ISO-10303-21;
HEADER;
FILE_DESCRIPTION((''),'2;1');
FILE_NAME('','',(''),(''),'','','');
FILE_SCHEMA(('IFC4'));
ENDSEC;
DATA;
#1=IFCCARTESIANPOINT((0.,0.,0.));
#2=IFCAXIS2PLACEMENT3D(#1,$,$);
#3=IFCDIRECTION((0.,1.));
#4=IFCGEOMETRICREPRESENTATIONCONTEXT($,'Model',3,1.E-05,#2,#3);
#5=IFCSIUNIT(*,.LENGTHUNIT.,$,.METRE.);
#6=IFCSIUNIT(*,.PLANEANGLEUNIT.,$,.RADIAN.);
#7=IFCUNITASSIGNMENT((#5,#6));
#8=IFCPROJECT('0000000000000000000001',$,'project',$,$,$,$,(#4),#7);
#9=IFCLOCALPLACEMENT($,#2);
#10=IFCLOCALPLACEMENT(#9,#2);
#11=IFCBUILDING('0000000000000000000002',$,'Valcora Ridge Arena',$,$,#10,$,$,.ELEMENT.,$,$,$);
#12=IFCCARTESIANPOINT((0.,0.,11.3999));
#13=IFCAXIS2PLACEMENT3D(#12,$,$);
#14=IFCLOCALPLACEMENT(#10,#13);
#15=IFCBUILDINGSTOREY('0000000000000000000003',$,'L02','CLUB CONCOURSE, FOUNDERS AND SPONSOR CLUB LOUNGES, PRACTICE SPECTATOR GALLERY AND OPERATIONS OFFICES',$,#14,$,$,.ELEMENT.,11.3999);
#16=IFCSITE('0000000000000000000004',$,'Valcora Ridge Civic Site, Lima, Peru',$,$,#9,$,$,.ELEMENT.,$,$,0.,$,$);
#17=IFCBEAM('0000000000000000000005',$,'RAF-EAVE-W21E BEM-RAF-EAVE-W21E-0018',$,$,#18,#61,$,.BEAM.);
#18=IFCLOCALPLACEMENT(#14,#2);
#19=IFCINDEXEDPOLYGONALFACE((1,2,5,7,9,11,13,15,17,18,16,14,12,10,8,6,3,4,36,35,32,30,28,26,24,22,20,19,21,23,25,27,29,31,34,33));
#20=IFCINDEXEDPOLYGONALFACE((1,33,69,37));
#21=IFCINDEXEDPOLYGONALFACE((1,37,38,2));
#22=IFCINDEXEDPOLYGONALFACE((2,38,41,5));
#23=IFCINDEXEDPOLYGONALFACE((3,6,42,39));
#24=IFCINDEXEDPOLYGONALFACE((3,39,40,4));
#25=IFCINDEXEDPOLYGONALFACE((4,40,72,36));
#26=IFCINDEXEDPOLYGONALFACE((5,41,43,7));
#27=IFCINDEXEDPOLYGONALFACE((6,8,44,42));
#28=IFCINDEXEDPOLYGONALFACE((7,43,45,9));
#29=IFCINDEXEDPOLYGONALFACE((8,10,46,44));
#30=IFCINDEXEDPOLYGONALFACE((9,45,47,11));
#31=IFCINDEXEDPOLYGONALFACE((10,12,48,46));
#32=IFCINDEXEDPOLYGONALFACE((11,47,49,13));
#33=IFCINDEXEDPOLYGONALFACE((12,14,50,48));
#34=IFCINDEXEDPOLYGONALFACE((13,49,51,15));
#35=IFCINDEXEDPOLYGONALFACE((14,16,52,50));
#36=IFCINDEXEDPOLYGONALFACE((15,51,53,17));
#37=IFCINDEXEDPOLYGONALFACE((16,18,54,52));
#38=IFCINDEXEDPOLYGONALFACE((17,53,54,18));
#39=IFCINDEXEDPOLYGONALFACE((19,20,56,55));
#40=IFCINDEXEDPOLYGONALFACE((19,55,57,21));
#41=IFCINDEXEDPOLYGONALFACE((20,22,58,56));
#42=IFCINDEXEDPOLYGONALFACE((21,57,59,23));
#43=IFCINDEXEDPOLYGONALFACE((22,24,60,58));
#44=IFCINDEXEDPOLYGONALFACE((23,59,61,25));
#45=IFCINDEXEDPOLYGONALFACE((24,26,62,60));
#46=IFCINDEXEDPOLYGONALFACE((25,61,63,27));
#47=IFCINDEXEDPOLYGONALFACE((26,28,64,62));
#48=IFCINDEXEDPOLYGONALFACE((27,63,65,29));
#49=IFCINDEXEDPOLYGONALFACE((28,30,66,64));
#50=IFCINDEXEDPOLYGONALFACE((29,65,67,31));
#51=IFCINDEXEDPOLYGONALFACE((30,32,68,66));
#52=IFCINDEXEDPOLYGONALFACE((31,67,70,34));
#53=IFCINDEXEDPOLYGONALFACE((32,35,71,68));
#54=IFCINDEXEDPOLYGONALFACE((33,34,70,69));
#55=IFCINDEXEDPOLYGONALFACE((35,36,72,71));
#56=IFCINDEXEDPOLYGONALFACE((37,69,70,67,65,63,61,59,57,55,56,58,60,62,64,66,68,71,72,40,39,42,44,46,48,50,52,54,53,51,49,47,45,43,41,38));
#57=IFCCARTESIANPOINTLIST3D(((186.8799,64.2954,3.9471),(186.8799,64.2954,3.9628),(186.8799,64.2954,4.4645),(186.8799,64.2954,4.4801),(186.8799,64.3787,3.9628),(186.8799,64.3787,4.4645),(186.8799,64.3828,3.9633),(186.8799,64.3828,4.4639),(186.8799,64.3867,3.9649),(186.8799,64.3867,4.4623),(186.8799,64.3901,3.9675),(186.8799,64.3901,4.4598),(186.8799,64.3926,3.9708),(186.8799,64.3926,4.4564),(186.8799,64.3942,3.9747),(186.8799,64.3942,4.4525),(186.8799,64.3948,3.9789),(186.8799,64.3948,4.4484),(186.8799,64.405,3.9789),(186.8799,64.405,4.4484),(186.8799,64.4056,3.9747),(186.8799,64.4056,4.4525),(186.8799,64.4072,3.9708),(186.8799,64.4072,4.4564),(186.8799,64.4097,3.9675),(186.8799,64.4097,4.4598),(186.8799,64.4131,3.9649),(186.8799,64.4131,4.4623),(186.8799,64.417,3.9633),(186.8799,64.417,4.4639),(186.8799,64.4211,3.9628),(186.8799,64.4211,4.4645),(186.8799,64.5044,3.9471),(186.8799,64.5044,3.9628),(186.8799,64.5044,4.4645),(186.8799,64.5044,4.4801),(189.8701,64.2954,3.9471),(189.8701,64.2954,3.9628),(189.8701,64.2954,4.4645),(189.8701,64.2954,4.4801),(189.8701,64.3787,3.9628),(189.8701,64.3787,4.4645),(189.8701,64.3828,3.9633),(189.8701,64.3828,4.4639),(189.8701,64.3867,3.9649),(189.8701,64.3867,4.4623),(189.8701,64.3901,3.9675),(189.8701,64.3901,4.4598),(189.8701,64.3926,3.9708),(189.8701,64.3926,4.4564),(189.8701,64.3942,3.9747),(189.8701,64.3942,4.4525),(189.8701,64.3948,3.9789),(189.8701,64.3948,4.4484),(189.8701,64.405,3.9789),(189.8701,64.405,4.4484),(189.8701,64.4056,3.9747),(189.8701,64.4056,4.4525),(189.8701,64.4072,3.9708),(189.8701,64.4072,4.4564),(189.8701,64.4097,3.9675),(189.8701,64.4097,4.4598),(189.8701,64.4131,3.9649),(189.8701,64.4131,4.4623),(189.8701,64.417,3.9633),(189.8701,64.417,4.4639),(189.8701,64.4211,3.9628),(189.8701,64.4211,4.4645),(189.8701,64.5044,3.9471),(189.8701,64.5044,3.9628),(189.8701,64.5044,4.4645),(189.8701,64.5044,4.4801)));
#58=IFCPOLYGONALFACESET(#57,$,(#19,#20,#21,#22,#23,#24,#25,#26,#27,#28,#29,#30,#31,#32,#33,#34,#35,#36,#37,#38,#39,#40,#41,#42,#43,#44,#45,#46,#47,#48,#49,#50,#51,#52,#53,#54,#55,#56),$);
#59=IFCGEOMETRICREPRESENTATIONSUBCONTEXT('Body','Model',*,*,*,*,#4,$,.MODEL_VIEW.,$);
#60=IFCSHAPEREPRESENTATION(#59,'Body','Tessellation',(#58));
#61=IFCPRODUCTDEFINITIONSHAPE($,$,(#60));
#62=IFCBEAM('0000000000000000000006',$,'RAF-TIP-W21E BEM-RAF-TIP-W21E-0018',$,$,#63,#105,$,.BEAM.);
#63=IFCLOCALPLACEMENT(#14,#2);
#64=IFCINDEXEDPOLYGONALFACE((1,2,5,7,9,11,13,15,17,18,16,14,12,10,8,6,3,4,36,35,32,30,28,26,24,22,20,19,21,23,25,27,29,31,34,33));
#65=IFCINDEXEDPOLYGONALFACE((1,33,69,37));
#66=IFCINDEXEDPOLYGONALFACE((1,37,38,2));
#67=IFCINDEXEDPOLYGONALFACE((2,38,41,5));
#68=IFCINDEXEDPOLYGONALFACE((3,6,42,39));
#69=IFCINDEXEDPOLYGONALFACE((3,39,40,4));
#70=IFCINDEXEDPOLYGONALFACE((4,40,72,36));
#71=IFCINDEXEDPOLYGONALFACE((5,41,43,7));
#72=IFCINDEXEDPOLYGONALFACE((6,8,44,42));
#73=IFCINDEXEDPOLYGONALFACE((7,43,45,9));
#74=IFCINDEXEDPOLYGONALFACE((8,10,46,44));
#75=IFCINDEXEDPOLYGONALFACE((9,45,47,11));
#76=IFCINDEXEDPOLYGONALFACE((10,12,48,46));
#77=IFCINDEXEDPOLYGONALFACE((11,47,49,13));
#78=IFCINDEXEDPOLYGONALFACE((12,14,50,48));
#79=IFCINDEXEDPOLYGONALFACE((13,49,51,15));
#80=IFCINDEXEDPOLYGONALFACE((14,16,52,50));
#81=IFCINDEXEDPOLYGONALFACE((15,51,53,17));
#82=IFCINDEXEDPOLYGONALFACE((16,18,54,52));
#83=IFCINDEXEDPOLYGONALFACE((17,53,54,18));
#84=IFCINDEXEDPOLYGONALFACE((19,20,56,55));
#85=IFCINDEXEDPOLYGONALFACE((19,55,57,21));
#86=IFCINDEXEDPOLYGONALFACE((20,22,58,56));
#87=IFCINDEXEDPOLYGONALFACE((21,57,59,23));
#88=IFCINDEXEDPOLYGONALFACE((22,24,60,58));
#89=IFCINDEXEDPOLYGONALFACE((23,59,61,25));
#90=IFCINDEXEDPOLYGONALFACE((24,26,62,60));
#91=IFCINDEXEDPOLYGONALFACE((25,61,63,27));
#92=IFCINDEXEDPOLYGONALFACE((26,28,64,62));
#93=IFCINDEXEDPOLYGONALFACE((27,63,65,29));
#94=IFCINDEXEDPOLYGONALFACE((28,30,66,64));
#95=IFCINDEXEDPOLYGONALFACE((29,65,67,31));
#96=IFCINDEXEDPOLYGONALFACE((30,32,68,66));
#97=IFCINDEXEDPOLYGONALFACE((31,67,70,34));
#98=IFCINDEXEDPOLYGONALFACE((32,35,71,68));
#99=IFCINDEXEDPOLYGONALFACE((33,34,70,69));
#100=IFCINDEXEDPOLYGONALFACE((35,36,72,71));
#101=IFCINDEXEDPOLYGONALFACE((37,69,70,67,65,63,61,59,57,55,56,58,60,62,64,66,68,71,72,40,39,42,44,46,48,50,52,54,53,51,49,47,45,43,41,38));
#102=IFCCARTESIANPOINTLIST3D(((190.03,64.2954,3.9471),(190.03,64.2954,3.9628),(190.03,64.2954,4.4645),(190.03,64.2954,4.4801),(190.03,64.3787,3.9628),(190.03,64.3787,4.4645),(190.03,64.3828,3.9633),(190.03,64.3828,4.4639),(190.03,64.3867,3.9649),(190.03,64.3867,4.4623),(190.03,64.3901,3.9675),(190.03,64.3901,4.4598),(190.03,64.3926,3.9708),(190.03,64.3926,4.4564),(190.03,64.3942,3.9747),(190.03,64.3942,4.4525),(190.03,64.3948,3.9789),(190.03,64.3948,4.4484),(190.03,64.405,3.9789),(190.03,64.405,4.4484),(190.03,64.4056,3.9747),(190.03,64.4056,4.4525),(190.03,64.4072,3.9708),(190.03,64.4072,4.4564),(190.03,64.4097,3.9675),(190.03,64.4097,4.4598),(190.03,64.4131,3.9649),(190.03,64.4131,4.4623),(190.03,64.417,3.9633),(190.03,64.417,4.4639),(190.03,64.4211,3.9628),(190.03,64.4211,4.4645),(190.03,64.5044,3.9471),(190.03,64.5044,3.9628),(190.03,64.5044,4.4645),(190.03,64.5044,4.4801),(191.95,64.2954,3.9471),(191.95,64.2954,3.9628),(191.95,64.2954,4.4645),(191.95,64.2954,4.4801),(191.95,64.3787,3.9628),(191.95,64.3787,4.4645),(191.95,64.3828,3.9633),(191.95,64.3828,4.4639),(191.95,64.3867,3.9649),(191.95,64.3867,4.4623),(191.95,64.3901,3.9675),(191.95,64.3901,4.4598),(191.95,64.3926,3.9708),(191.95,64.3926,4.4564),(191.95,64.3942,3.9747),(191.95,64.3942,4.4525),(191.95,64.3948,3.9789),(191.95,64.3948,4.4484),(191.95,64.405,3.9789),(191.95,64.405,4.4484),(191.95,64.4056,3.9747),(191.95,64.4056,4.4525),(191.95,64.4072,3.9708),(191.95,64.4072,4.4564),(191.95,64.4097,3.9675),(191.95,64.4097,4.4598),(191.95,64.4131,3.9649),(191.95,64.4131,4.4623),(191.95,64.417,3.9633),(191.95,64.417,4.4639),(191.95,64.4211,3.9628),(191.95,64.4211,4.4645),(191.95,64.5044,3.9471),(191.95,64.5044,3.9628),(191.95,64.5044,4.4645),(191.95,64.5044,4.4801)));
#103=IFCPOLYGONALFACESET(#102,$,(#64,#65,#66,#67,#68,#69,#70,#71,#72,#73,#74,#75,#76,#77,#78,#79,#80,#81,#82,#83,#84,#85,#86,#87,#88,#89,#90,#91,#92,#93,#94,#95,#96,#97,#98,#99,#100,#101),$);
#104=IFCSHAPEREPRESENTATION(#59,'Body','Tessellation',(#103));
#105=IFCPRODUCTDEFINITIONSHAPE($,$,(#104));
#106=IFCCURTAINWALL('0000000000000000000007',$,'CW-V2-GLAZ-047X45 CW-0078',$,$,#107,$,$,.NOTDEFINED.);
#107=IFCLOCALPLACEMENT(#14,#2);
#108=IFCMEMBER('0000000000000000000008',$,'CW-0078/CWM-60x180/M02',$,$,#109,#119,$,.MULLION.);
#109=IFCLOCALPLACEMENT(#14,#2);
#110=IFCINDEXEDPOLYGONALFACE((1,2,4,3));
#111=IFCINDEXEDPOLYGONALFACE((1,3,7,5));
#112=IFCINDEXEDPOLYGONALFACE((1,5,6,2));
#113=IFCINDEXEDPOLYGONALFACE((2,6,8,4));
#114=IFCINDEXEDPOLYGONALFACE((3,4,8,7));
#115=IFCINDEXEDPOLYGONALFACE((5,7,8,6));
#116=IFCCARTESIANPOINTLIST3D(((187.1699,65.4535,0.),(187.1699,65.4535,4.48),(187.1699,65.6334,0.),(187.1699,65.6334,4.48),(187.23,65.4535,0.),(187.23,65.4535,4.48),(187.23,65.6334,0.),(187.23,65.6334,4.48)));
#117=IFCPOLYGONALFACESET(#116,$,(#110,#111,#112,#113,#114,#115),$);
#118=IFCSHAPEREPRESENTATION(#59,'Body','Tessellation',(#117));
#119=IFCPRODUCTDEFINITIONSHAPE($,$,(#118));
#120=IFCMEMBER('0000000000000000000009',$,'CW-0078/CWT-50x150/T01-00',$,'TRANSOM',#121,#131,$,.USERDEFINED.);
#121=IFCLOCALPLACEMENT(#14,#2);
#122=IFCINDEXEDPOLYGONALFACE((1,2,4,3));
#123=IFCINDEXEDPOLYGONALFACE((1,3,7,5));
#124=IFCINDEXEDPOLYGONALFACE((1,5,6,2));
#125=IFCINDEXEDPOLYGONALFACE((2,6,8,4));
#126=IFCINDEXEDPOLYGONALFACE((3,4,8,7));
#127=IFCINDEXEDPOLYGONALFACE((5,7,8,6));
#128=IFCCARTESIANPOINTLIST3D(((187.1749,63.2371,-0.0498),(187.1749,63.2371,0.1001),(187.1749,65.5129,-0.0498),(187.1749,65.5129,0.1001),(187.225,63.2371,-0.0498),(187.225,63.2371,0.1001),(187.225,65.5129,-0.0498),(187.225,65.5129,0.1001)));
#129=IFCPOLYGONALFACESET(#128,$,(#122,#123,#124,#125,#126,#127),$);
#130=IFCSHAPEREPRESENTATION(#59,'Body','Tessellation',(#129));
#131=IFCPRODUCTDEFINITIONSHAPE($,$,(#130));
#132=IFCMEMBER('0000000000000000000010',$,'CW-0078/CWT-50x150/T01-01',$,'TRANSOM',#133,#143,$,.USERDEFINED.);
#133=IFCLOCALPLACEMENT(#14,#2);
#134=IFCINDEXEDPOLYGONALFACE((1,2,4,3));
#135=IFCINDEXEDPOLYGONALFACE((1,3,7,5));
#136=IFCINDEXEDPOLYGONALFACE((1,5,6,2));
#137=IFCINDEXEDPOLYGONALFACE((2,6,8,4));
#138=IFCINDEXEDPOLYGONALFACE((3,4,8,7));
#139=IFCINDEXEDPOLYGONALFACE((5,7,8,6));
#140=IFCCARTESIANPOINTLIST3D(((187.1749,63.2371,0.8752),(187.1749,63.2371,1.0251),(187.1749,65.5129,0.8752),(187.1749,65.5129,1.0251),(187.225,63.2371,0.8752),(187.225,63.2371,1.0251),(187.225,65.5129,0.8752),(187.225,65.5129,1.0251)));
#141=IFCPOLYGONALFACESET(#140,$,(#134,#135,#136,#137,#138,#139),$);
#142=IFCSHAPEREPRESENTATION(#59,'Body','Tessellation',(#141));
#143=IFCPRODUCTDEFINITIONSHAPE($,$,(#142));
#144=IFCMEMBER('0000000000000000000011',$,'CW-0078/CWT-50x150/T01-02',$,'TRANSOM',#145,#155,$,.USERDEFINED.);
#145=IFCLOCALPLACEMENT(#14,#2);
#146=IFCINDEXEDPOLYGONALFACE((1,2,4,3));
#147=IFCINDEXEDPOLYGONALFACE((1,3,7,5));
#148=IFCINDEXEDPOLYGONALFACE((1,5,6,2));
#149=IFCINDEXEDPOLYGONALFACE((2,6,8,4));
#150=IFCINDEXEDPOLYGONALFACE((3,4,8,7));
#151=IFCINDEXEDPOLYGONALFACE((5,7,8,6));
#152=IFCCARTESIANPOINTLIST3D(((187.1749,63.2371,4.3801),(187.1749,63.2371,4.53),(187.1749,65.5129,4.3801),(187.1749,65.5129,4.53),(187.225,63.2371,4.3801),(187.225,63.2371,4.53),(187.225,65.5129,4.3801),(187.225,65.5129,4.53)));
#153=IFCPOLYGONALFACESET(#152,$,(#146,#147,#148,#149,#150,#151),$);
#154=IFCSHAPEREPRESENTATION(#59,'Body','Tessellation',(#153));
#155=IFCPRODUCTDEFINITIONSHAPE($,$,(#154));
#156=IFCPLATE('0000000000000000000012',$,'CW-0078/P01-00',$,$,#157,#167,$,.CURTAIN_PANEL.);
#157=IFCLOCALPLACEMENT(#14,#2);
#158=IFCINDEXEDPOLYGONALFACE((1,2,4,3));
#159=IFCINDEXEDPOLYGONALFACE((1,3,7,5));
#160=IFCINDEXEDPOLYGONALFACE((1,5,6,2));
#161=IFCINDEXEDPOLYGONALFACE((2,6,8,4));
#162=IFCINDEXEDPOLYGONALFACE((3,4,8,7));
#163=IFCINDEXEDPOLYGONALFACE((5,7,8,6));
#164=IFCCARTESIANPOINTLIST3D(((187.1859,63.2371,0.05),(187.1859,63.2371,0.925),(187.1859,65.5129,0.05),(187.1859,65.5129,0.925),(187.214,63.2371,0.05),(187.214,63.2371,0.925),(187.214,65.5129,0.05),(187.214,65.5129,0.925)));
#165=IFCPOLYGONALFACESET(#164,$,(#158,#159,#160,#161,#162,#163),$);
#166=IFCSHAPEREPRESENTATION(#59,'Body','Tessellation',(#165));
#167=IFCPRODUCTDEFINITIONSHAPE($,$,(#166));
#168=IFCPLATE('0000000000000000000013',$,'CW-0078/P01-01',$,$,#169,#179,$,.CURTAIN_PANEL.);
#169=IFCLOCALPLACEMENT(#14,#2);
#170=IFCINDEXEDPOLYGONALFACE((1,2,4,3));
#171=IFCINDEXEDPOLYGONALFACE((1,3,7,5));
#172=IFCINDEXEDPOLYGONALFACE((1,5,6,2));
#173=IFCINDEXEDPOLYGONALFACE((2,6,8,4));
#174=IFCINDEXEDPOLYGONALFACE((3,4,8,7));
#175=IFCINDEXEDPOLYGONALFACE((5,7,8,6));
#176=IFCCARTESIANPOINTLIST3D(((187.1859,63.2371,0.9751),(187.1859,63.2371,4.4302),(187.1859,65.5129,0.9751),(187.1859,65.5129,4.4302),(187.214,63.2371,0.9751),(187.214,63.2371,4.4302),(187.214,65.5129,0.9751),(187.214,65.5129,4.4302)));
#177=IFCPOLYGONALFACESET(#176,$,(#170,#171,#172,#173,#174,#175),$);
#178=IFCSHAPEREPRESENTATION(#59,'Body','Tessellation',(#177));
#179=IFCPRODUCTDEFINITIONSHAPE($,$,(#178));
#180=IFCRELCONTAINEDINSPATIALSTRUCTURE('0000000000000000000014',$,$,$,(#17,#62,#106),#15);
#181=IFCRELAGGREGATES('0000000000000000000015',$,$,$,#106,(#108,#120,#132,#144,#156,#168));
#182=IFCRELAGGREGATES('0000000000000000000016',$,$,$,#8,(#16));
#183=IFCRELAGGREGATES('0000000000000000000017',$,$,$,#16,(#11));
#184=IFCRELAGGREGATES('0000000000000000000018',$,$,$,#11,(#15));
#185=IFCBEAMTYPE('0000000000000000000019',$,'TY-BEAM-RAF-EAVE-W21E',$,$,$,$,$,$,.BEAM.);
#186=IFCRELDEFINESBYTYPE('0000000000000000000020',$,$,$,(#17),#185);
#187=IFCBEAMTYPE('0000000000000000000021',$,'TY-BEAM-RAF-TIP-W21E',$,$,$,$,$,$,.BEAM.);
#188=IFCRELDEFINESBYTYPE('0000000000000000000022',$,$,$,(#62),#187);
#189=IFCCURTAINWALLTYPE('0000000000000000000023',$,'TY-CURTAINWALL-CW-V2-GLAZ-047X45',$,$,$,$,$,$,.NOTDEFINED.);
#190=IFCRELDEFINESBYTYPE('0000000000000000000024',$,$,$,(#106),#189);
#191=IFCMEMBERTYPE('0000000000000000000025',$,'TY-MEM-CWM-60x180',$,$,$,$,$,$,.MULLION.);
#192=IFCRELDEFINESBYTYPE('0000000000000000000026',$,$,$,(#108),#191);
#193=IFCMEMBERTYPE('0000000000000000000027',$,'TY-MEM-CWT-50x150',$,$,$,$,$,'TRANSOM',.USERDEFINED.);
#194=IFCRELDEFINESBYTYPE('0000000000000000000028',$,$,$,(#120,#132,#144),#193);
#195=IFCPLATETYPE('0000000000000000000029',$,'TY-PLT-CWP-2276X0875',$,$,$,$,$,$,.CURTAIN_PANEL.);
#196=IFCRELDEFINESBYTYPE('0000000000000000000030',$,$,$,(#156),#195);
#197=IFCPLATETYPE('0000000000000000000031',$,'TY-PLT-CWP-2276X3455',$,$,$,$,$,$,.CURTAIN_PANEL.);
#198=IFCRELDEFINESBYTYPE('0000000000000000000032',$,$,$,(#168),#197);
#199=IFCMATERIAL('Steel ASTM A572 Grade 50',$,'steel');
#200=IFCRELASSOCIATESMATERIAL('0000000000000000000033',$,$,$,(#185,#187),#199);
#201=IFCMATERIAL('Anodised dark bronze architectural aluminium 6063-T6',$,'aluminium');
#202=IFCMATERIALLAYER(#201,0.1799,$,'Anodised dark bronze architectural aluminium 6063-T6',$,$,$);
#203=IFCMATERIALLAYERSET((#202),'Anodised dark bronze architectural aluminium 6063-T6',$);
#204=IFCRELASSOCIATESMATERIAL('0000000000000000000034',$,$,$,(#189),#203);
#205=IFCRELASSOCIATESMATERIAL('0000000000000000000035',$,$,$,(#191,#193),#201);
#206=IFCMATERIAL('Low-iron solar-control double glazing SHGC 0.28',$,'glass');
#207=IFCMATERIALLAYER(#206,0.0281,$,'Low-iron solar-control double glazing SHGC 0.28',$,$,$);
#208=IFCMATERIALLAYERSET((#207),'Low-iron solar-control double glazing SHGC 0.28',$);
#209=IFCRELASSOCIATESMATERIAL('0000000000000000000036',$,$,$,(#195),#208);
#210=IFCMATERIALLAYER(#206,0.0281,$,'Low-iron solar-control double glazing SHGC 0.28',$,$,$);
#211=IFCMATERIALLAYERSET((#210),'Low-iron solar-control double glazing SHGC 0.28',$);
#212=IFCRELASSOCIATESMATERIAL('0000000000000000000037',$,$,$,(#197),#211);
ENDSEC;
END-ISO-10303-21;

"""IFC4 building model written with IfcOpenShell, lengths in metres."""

from ifc_helpers import new_model, si_unit, direction, frame, origin, origin_2d, place, context, subcontext, project, spatial, rectangle, i_section, extrude, material, layer, layer_set, material_profile, profile_set, type_object, element, aggregate, save


model = new_model("IFC4")

# Units and contexts
model_context = context("Model", 3, precision=1e-05, world=origin(), true_north=direction((0.0, 1.0)))
body_context = subcontext(model_context, "Body", "Model", "MODEL_VIEW")
ifc_project = project(units=[si_unit("LENGTHUNIT", "METRE"), si_unit("PLANEANGLEUNIT", "RADIAN")], contexts=[model_context])

# Site, building, storey
site_placement = place(None, origin())
site = spatial("IfcSite", under=ifc_project, at=site_placement, Name="Valcora Ridge Civic Site, Lima, Peru", CompositionType="ELEMENT", RefElevation=0.0)
building_placement = place(site_placement, origin())
building = spatial("IfcBuilding", under=site, at=building_placement, Name="Valcora Ridge Arena", CompositionType="ELEMENT")
storey_placement = place(building_placement, frame((0.0, 0.0, 11.3999)))
storey = spatial("IfcBuildingStorey", under=building, at=storey_placement, Name="L02", Description="CLUB CONCOURSE, FOUNDERS AND SPONSOR CLUB LOUNGES, PRACTICE SPECTATOR GALLERY AND OPERATIONS OFFICES", CompositionType="ELEMENT", Elevation=11.3999)

# Beams
ifc_material_1 = material(Name="Steel ASTM A572 Grade 50", Category="steel")
ifc_material_profile_1 = material_profile(ifc_material_1, i_section(OverallWidth=0.209, OverallDepth=0.533, WebThickness=0.0103, FlangeThickness=0.0156, FilletRadius=0.0161, at=origin_2d()), Name="W21X62")
ifc_profile_set_1 = profile_set([ifc_material_profile_1], Name="Steel ASTM A572 Grade 50")
beam_type_1 = type_object("IfcBeamType", Name="TY-BEAM-RAF-EAVE-W21E", PredefinedType="BEAM", material=ifc_profile_set_1)
beam_1_placement = place(storey_placement, frame((186.8799, 64.3999, 4.2136), z_axis=(1.0, 0.0, 0.0), x_axis=(0.0, 1.0, 0.0)))
element("IfcBeam", 1, at=beam_1_placement, inside=storey, type_object=beam_type_1, Name="RAF-EAVE-W21E BEM-RAF-EAVE-W21E-0018", PredefinedType="BEAM", context=body_context, shape_type="SweptSolid", body=[
    extrude(i_section(OverallWidth=0.209, OverallDepth=0.533, WebThickness=0.0103, FlangeThickness=0.0156, FilletRadius=0.0161, at=origin_2d()), origin(), (0.0, 0.0, 1.0), 2.9902),
])
ifc_material_profile_2 = material_profile(ifc_material_1, i_section(OverallWidth=0.209, OverallDepth=0.533, WebThickness=0.0103, FlangeThickness=0.0156, FilletRadius=0.0161, at=origin_2d()), Name="W21X62")
ifc_profile_set_2 = profile_set([ifc_material_profile_2], Name="Steel ASTM A572 Grade 50")
beam_type_2 = type_object("IfcBeamType", Name="TY-BEAM-RAF-TIP-W21E", PredefinedType="BEAM", material=ifc_profile_set_2)
beam_2_placement = place(storey_placement, frame((190.03, 64.3999, 4.2136), z_axis=(1.0, 0.0, 0.0), x_axis=(0.0, 1.0, 0.0)))
element("IfcBeam", 2, at=beam_2_placement, inside=storey, type_object=beam_type_2, Name="RAF-TIP-W21E BEM-RAF-TIP-W21E-0018", PredefinedType="BEAM", context=body_context, shape_type="SweptSolid", body=[
    extrude(i_section(OverallWidth=0.209, OverallDepth=0.533, WebThickness=0.0103, FlangeThickness=0.0156, FilletRadius=0.0161, at=origin_2d()), origin(), (0.0, 0.0, 1.0), 1.9199),
])

# Curtain wall, members, plates
ifc_material_2 = material(Name="Anodised dark bronze architectural aluminium 6063-T6", Category="aluminium")
ifc_layer_1 = layer(ifc_material_2, 0.1799, Name="Anodised dark bronze architectural aluminium 6063-T6")
ifc_layer_set_1 = layer_set([ifc_layer_1], Name="Anodised dark bronze architectural aluminium 6063-T6")
curtain_wall_type = type_object("IfcCurtainWallType", Name="TY-CURTAINWALL-CW-V2-GLAZ-047X45", PredefinedType="NOTDEFINED", material=ifc_layer_set_1)
curtain_wall_placement = place(storey_placement, origin())
curtain_wall = element("IfcCurtainWall", 3, at=curtain_wall_placement, inside=storey, type_object=curtain_wall_type, Name="CW-V2-GLAZ-047X45 CW-0078", PredefinedType="NOTDEFINED")
ifc_material_profile_3 = material_profile(ifc_material_2, rectangle(XDim=0.0601, YDim=0.1799, at=origin_2d()), Name="ALU MULLION 60x180")
ifc_profile_set_3 = profile_set([ifc_material_profile_3], Name="Anodised dark bronze architectural aluminium 6063-T6")
member_type_1 = type_object("IfcMemberType", Name="TY-MEM-CWM-60x180", PredefinedType="MULLION", material=ifc_profile_set_3)
member_1_placement = place(storey_placement, frame((187.2, 65.5435, 0.0), z_axis=(0.0, 0.0, 1.0), x_axis=(-1.0, 0.0, 0.0)))
member_1 = element("IfcMember", 4, at=member_1_placement, type_object=member_type_1, Name="CW-0078/CWM-60x180/M02", PredefinedType="MULLION", context=body_context, shape_type="SweptSolid", body=[
    extrude(rectangle(XDim=0.0601, YDim=0.1799, at=origin_2d()), origin(), (0.0, 0.0, 1.0), 4.48),
])
ifc_material_profile_4 = material_profile(ifc_material_2, rectangle(XDim=0.05, YDim=0.1499, at=origin_2d()), Name="ALU TRANSOM 50x150")
ifc_profile_set_4 = profile_set([ifc_material_profile_4], Name="Anodised dark bronze architectural aluminium 6063-T6")
member_type_2 = type_object("IfcMemberType", Name="TY-MEM-CWT-50x150", ElementType="TRANSOM", PredefinedType="USERDEFINED", material=ifc_profile_set_4)
member_2_placement = place(storey_placement, frame((187.2, 63.2371, 0.0251), z_axis=(0.0, 1.0, 0.0), x_axis=(-1.0, 0.0, 0.0)))
member_2 = element("IfcMember", 5, at=member_2_placement, type_object=member_type_2, Name="CW-0078/CWT-50x150/T01-00", ObjectType="TRANSOM", PredefinedType="USERDEFINED", context=body_context, shape_type="SweptSolid", body=[
    extrude(rectangle(XDim=0.05, YDim=0.1499, at=origin_2d()), origin(), (0.0, 0.0, 1.0), 2.2759),
])
member_3_placement = place(storey_placement, frame((187.2, 63.2371, 0.9502), z_axis=(0.0, 1.0, 0.0), x_axis=(-1.0, 0.0, 0.0)))
member_3 = element("IfcMember", 6, at=member_3_placement, type_object=member_type_2, Name="CW-0078/CWT-50x150/T01-01", ObjectType="TRANSOM", PredefinedType="USERDEFINED", context=body_context, shape_type="SweptSolid", body=[
    extrude(rectangle(XDim=0.05, YDim=0.1499, at=origin_2d()), origin(), (0.0, 0.0, 1.0), 2.2759),
])
member_4_placement = place(storey_placement, frame((187.2, 63.2371, 4.4551), z_axis=(0.0, 1.0, 0.0), x_axis=(-1.0, 0.0, 0.0)))
member_4 = element("IfcMember", 7, at=member_4_placement, type_object=member_type_2, Name="CW-0078/CWT-50x150/T01-02", ObjectType="TRANSOM", PredefinedType="USERDEFINED", context=body_context, shape_type="SweptSolid", body=[
    extrude(rectangle(XDim=0.05, YDim=0.1499, at=origin_2d()), origin(), (0.0, 0.0, 1.0), 2.2759),
])
ifc_material_3 = material(Name="Low-iron solar-control double glazing SHGC 0.28", Category="glass")
ifc_layer_2 = layer(ifc_material_3, 0.0281, Name="Low-iron solar-control double glazing SHGC 0.28")
ifc_layer_set_2 = layer_set([ifc_layer_2], Name="Low-iron solar-control double glazing SHGC 0.28")
plate_type_1 = type_object("IfcPlateType", Name="TY-PLT-CWP-2276X0875", PredefinedType="CURTAIN_PANEL", material=ifc_layer_set_2)
plate_1_placement = place(storey_placement, frame((187.2, 64.375, 0.05), z_axis=(0.0, 0.0, 1.0), x_axis=(0.0, 1.0, 0.0)))
plate_1 = element("IfcPlate", 8, at=plate_1_placement, type_object=plate_type_1, Name="CW-0078/P01-00", PredefinedType="CURTAIN_PANEL", context=body_context, shape_type="SweptSolid", body=[
    extrude(rectangle(XDim=2.2759, YDim=0.0281, at=origin_2d()), origin(), (0.0, 0.0, 1.0), 0.875),
])
ifc_layer_3 = layer(ifc_material_3, 0.0281, Name="Low-iron solar-control double glazing SHGC 0.28")
ifc_layer_set_3 = layer_set([ifc_layer_3], Name="Low-iron solar-control double glazing SHGC 0.28")
plate_type_2 = type_object("IfcPlateType", Name="TY-PLT-CWP-2276X3455", PredefinedType="CURTAIN_PANEL", material=ifc_layer_set_3)
plate_2_placement = place(storey_placement, frame((187.2, 64.375, 0.9751), z_axis=(0.0, 0.0, 1.0), x_axis=(0.0, 1.0, 0.0)))
plate_2 = element("IfcPlate", 9, at=plate_2_placement, type_object=plate_type_2, Name="CW-0078/P01-01", PredefinedType="CURTAIN_PANEL", context=body_context, shape_type="SweptSolid", body=[
    extrude(rectangle(XDim=2.2759, YDim=0.0281, at=origin_2d()), origin(), (0.0, 0.0, 1.0), 3.4551),
])
aggregate(curtain_wall, [member_1, member_2, member_3, member_4, plate_1, plate_2])

save(model, "model.ifc")
